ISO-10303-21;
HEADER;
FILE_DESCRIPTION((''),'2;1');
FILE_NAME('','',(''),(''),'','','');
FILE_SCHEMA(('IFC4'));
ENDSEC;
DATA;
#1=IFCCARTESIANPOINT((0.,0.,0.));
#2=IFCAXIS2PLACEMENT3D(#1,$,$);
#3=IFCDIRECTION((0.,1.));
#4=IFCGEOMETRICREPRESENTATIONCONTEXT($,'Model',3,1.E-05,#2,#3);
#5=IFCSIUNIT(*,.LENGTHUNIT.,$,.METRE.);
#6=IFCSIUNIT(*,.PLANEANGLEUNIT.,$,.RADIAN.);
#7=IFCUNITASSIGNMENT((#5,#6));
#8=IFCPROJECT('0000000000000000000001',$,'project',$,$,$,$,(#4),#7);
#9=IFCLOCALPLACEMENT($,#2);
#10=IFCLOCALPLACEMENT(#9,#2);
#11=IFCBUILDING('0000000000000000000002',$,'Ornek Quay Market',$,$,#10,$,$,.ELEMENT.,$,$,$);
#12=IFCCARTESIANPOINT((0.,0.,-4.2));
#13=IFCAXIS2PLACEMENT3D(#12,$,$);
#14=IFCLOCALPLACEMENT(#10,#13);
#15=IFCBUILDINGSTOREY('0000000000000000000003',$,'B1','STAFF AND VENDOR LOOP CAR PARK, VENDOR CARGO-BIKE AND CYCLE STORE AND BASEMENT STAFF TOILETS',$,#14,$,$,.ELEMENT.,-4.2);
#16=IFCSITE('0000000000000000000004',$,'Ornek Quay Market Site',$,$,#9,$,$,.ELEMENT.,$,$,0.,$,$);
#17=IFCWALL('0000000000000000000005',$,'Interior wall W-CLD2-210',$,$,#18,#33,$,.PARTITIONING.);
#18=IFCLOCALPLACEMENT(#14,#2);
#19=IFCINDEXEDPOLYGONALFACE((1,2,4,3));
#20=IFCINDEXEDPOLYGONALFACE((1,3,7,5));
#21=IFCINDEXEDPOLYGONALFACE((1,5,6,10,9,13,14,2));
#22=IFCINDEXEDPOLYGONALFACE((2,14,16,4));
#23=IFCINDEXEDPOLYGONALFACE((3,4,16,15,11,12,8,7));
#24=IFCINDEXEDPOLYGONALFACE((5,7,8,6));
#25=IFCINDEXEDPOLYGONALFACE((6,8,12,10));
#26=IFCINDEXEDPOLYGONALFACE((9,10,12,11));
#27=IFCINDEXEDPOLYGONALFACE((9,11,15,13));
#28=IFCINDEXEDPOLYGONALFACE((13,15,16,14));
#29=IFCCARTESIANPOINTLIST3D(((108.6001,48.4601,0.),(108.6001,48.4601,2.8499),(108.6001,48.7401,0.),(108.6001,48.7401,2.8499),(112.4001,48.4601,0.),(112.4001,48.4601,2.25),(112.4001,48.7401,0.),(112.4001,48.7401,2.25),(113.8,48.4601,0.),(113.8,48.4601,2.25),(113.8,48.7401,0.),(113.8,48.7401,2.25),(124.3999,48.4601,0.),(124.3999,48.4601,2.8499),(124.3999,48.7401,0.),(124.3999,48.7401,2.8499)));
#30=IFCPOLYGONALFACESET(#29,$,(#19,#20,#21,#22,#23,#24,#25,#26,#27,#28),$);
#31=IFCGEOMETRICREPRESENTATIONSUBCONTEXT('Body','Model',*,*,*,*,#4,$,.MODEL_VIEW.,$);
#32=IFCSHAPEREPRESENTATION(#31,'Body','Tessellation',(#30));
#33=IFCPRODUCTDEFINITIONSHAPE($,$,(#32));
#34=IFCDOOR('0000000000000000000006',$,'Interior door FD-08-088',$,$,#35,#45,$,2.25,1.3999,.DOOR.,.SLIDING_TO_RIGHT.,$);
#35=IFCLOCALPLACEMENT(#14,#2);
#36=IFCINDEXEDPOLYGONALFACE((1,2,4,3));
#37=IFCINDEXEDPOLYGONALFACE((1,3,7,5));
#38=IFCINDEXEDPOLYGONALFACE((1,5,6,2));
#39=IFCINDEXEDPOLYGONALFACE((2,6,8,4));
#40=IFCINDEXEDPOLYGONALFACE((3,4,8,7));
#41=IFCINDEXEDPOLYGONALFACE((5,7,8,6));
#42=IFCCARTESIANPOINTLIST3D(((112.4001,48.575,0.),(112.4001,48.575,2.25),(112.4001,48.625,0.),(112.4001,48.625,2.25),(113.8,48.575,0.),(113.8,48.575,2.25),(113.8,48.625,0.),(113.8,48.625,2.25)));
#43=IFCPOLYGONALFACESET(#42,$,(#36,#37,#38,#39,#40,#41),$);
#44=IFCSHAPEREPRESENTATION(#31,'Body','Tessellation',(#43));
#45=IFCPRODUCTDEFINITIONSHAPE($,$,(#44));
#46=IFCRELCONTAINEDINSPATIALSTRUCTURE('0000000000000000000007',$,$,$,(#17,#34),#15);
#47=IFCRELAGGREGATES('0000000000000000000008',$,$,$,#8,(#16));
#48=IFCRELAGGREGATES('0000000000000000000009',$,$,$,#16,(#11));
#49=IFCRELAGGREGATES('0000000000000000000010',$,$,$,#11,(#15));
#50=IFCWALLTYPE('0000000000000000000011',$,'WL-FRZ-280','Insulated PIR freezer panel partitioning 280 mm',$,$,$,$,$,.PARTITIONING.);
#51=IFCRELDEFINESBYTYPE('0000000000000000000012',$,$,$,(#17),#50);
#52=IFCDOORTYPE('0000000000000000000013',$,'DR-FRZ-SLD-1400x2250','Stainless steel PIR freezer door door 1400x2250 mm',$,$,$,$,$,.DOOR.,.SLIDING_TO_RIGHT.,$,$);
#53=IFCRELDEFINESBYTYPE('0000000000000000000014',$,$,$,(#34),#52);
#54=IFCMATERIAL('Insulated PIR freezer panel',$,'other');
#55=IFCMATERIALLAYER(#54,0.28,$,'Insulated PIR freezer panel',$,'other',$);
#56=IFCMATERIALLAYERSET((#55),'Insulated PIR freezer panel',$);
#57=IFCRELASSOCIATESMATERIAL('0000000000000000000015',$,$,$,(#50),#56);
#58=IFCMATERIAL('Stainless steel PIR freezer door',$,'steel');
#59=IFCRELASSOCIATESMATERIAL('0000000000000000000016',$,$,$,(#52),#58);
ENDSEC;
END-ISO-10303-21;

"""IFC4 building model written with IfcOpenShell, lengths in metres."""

from ifc_helpers import new_model, si_unit, direction, frame, frame_2d, origin, place, context, subcontext, project, spatial, rectangle, extrude, material, layer, layer_set, type_object, element, fill, save


model = new_model("IFC4")

# Units and contexts
model_context = context("Model", 3, precision=1e-05, world=origin(), true_north=direction((0.0, 1.0)))
body_context = subcontext(model_context, "Body", "Model", "MODEL_VIEW")
ifc_project = project(units=[si_unit("LENGTHUNIT", "METRE"), si_unit("PLANEANGLEUNIT", "RADIAN")], contexts=[model_context])

# Site, building, storey
site_placement = place(None, origin())
site = spatial("IfcSite", under=ifc_project, at=site_placement, Name="Ornek Quay Market Site", CompositionType="ELEMENT", RefElevation=0.0)
building_placement = place(site_placement, origin())
building = spatial("IfcBuilding", under=site, at=building_placement, Name="Ornek Quay Market", CompositionType="ELEMENT")
storey_placement = place(building_placement, frame((0.0, 0.0, -4.2)))
storey = spatial("IfcBuildingStorey", under=building, at=storey_placement, Name="B1", Description="STAFF AND VENDOR LOOP CAR PARK, VENDOR CARGO-BIKE AND CYCLE STORE AND BASEMENT STAFF TOILETS", CompositionType="ELEMENT", Elevation=-4.2)

# Wall, opening, door
ifc_material_1 = material(Name="Insulated PIR freezer panel", Category="other")
ifc_layer_1 = layer(ifc_material_1, 0.28, Name="Insulated PIR freezer panel", Category="other")
ifc_layer_set_1 = layer_set([ifc_layer_1], Name="Insulated PIR freezer panel")
wall_type_1 = type_object("IfcWallType", Name="WL-FRZ-280", Description="Insulated PIR freezer panel partitioning 280 mm", PredefinedType="PARTITIONING", material=ifc_layer_set_1)
wall_1_placement = place(storey_placement, frame((108.6001, 48.6001, 0.0), z_axis=(0.0, 0.0, 1.0), x_axis=(1.0, 0.0, 0.0)))
wall_1 = element("IfcWall", 1, at=wall_1_placement, inside=storey, type_object=wall_type_1, Name="Interior wall W-CLD2-210", PredefinedType="PARTITIONING", context=body_context, shape_type="SweptSolid", body=[
    extrude(rectangle(XDim=15.7998, YDim=0.28, at=frame_2d((7.8999, 0.0))), origin(), (0.0, 0.0, 1.0), 2.8499),
])
opening_1_placement = place(wall_1_placement, frame((3.8, 0.0, 0.0)))
opening_1 = element("IfcOpeningElement", 2, at=opening_1_placement, cuts=wall_1, PredefinedType="OPENING", context=body_context, shape_type="SweptSolid", body=[
    extrude(rectangle(XDim=1.3999, YDim=2.25, at=frame_2d((0.7, 1.125))), frame((0.0, 0.1499, 0.0), z_axis=(0.0, -1.0, 0.0), x_axis=(1.0, 0.0, 0.0)), (0.0, 0.0, 1.0), 0.3),
])
ifc_material_2 = material(Name="Stainless steel PIR freezer door", Category="steel")
door_type_1 = type_object("IfcDoorType", Name="DR-FRZ-SLD-1400x2250", Description="Stainless steel PIR freezer door door 1400x2250 mm", OperationType="SLIDING_TO_RIGHT", PredefinedType="DOOR", material=ifc_material_2)
door_1_placement = place(opening_1_placement, origin())
door_1 = element("IfcDoor", 3, at=door_1_placement, inside=storey, type_object=door_type_1, Name="Interior door FD-08-088", OperationType="SLIDING_TO_RIGHT", OverallHeight=2.25, OverallWidth=1.3999, PredefinedType="DOOR", context=body_context, shape_type="SweptSolid", body=[
    extrude(rectangle(XDim=1.3999, YDim=2.25, at=frame_2d((0.7, 1.125))), frame((0.0, 0.0249, 0.0), z_axis=(0.0, -1.0, 0.0), x_axis=(1.0, 0.0, 0.0)), (0.0, 0.0, 1.0), 0.05),
])
fill(opening_1, door_1)

save(model, "model.ifc")
